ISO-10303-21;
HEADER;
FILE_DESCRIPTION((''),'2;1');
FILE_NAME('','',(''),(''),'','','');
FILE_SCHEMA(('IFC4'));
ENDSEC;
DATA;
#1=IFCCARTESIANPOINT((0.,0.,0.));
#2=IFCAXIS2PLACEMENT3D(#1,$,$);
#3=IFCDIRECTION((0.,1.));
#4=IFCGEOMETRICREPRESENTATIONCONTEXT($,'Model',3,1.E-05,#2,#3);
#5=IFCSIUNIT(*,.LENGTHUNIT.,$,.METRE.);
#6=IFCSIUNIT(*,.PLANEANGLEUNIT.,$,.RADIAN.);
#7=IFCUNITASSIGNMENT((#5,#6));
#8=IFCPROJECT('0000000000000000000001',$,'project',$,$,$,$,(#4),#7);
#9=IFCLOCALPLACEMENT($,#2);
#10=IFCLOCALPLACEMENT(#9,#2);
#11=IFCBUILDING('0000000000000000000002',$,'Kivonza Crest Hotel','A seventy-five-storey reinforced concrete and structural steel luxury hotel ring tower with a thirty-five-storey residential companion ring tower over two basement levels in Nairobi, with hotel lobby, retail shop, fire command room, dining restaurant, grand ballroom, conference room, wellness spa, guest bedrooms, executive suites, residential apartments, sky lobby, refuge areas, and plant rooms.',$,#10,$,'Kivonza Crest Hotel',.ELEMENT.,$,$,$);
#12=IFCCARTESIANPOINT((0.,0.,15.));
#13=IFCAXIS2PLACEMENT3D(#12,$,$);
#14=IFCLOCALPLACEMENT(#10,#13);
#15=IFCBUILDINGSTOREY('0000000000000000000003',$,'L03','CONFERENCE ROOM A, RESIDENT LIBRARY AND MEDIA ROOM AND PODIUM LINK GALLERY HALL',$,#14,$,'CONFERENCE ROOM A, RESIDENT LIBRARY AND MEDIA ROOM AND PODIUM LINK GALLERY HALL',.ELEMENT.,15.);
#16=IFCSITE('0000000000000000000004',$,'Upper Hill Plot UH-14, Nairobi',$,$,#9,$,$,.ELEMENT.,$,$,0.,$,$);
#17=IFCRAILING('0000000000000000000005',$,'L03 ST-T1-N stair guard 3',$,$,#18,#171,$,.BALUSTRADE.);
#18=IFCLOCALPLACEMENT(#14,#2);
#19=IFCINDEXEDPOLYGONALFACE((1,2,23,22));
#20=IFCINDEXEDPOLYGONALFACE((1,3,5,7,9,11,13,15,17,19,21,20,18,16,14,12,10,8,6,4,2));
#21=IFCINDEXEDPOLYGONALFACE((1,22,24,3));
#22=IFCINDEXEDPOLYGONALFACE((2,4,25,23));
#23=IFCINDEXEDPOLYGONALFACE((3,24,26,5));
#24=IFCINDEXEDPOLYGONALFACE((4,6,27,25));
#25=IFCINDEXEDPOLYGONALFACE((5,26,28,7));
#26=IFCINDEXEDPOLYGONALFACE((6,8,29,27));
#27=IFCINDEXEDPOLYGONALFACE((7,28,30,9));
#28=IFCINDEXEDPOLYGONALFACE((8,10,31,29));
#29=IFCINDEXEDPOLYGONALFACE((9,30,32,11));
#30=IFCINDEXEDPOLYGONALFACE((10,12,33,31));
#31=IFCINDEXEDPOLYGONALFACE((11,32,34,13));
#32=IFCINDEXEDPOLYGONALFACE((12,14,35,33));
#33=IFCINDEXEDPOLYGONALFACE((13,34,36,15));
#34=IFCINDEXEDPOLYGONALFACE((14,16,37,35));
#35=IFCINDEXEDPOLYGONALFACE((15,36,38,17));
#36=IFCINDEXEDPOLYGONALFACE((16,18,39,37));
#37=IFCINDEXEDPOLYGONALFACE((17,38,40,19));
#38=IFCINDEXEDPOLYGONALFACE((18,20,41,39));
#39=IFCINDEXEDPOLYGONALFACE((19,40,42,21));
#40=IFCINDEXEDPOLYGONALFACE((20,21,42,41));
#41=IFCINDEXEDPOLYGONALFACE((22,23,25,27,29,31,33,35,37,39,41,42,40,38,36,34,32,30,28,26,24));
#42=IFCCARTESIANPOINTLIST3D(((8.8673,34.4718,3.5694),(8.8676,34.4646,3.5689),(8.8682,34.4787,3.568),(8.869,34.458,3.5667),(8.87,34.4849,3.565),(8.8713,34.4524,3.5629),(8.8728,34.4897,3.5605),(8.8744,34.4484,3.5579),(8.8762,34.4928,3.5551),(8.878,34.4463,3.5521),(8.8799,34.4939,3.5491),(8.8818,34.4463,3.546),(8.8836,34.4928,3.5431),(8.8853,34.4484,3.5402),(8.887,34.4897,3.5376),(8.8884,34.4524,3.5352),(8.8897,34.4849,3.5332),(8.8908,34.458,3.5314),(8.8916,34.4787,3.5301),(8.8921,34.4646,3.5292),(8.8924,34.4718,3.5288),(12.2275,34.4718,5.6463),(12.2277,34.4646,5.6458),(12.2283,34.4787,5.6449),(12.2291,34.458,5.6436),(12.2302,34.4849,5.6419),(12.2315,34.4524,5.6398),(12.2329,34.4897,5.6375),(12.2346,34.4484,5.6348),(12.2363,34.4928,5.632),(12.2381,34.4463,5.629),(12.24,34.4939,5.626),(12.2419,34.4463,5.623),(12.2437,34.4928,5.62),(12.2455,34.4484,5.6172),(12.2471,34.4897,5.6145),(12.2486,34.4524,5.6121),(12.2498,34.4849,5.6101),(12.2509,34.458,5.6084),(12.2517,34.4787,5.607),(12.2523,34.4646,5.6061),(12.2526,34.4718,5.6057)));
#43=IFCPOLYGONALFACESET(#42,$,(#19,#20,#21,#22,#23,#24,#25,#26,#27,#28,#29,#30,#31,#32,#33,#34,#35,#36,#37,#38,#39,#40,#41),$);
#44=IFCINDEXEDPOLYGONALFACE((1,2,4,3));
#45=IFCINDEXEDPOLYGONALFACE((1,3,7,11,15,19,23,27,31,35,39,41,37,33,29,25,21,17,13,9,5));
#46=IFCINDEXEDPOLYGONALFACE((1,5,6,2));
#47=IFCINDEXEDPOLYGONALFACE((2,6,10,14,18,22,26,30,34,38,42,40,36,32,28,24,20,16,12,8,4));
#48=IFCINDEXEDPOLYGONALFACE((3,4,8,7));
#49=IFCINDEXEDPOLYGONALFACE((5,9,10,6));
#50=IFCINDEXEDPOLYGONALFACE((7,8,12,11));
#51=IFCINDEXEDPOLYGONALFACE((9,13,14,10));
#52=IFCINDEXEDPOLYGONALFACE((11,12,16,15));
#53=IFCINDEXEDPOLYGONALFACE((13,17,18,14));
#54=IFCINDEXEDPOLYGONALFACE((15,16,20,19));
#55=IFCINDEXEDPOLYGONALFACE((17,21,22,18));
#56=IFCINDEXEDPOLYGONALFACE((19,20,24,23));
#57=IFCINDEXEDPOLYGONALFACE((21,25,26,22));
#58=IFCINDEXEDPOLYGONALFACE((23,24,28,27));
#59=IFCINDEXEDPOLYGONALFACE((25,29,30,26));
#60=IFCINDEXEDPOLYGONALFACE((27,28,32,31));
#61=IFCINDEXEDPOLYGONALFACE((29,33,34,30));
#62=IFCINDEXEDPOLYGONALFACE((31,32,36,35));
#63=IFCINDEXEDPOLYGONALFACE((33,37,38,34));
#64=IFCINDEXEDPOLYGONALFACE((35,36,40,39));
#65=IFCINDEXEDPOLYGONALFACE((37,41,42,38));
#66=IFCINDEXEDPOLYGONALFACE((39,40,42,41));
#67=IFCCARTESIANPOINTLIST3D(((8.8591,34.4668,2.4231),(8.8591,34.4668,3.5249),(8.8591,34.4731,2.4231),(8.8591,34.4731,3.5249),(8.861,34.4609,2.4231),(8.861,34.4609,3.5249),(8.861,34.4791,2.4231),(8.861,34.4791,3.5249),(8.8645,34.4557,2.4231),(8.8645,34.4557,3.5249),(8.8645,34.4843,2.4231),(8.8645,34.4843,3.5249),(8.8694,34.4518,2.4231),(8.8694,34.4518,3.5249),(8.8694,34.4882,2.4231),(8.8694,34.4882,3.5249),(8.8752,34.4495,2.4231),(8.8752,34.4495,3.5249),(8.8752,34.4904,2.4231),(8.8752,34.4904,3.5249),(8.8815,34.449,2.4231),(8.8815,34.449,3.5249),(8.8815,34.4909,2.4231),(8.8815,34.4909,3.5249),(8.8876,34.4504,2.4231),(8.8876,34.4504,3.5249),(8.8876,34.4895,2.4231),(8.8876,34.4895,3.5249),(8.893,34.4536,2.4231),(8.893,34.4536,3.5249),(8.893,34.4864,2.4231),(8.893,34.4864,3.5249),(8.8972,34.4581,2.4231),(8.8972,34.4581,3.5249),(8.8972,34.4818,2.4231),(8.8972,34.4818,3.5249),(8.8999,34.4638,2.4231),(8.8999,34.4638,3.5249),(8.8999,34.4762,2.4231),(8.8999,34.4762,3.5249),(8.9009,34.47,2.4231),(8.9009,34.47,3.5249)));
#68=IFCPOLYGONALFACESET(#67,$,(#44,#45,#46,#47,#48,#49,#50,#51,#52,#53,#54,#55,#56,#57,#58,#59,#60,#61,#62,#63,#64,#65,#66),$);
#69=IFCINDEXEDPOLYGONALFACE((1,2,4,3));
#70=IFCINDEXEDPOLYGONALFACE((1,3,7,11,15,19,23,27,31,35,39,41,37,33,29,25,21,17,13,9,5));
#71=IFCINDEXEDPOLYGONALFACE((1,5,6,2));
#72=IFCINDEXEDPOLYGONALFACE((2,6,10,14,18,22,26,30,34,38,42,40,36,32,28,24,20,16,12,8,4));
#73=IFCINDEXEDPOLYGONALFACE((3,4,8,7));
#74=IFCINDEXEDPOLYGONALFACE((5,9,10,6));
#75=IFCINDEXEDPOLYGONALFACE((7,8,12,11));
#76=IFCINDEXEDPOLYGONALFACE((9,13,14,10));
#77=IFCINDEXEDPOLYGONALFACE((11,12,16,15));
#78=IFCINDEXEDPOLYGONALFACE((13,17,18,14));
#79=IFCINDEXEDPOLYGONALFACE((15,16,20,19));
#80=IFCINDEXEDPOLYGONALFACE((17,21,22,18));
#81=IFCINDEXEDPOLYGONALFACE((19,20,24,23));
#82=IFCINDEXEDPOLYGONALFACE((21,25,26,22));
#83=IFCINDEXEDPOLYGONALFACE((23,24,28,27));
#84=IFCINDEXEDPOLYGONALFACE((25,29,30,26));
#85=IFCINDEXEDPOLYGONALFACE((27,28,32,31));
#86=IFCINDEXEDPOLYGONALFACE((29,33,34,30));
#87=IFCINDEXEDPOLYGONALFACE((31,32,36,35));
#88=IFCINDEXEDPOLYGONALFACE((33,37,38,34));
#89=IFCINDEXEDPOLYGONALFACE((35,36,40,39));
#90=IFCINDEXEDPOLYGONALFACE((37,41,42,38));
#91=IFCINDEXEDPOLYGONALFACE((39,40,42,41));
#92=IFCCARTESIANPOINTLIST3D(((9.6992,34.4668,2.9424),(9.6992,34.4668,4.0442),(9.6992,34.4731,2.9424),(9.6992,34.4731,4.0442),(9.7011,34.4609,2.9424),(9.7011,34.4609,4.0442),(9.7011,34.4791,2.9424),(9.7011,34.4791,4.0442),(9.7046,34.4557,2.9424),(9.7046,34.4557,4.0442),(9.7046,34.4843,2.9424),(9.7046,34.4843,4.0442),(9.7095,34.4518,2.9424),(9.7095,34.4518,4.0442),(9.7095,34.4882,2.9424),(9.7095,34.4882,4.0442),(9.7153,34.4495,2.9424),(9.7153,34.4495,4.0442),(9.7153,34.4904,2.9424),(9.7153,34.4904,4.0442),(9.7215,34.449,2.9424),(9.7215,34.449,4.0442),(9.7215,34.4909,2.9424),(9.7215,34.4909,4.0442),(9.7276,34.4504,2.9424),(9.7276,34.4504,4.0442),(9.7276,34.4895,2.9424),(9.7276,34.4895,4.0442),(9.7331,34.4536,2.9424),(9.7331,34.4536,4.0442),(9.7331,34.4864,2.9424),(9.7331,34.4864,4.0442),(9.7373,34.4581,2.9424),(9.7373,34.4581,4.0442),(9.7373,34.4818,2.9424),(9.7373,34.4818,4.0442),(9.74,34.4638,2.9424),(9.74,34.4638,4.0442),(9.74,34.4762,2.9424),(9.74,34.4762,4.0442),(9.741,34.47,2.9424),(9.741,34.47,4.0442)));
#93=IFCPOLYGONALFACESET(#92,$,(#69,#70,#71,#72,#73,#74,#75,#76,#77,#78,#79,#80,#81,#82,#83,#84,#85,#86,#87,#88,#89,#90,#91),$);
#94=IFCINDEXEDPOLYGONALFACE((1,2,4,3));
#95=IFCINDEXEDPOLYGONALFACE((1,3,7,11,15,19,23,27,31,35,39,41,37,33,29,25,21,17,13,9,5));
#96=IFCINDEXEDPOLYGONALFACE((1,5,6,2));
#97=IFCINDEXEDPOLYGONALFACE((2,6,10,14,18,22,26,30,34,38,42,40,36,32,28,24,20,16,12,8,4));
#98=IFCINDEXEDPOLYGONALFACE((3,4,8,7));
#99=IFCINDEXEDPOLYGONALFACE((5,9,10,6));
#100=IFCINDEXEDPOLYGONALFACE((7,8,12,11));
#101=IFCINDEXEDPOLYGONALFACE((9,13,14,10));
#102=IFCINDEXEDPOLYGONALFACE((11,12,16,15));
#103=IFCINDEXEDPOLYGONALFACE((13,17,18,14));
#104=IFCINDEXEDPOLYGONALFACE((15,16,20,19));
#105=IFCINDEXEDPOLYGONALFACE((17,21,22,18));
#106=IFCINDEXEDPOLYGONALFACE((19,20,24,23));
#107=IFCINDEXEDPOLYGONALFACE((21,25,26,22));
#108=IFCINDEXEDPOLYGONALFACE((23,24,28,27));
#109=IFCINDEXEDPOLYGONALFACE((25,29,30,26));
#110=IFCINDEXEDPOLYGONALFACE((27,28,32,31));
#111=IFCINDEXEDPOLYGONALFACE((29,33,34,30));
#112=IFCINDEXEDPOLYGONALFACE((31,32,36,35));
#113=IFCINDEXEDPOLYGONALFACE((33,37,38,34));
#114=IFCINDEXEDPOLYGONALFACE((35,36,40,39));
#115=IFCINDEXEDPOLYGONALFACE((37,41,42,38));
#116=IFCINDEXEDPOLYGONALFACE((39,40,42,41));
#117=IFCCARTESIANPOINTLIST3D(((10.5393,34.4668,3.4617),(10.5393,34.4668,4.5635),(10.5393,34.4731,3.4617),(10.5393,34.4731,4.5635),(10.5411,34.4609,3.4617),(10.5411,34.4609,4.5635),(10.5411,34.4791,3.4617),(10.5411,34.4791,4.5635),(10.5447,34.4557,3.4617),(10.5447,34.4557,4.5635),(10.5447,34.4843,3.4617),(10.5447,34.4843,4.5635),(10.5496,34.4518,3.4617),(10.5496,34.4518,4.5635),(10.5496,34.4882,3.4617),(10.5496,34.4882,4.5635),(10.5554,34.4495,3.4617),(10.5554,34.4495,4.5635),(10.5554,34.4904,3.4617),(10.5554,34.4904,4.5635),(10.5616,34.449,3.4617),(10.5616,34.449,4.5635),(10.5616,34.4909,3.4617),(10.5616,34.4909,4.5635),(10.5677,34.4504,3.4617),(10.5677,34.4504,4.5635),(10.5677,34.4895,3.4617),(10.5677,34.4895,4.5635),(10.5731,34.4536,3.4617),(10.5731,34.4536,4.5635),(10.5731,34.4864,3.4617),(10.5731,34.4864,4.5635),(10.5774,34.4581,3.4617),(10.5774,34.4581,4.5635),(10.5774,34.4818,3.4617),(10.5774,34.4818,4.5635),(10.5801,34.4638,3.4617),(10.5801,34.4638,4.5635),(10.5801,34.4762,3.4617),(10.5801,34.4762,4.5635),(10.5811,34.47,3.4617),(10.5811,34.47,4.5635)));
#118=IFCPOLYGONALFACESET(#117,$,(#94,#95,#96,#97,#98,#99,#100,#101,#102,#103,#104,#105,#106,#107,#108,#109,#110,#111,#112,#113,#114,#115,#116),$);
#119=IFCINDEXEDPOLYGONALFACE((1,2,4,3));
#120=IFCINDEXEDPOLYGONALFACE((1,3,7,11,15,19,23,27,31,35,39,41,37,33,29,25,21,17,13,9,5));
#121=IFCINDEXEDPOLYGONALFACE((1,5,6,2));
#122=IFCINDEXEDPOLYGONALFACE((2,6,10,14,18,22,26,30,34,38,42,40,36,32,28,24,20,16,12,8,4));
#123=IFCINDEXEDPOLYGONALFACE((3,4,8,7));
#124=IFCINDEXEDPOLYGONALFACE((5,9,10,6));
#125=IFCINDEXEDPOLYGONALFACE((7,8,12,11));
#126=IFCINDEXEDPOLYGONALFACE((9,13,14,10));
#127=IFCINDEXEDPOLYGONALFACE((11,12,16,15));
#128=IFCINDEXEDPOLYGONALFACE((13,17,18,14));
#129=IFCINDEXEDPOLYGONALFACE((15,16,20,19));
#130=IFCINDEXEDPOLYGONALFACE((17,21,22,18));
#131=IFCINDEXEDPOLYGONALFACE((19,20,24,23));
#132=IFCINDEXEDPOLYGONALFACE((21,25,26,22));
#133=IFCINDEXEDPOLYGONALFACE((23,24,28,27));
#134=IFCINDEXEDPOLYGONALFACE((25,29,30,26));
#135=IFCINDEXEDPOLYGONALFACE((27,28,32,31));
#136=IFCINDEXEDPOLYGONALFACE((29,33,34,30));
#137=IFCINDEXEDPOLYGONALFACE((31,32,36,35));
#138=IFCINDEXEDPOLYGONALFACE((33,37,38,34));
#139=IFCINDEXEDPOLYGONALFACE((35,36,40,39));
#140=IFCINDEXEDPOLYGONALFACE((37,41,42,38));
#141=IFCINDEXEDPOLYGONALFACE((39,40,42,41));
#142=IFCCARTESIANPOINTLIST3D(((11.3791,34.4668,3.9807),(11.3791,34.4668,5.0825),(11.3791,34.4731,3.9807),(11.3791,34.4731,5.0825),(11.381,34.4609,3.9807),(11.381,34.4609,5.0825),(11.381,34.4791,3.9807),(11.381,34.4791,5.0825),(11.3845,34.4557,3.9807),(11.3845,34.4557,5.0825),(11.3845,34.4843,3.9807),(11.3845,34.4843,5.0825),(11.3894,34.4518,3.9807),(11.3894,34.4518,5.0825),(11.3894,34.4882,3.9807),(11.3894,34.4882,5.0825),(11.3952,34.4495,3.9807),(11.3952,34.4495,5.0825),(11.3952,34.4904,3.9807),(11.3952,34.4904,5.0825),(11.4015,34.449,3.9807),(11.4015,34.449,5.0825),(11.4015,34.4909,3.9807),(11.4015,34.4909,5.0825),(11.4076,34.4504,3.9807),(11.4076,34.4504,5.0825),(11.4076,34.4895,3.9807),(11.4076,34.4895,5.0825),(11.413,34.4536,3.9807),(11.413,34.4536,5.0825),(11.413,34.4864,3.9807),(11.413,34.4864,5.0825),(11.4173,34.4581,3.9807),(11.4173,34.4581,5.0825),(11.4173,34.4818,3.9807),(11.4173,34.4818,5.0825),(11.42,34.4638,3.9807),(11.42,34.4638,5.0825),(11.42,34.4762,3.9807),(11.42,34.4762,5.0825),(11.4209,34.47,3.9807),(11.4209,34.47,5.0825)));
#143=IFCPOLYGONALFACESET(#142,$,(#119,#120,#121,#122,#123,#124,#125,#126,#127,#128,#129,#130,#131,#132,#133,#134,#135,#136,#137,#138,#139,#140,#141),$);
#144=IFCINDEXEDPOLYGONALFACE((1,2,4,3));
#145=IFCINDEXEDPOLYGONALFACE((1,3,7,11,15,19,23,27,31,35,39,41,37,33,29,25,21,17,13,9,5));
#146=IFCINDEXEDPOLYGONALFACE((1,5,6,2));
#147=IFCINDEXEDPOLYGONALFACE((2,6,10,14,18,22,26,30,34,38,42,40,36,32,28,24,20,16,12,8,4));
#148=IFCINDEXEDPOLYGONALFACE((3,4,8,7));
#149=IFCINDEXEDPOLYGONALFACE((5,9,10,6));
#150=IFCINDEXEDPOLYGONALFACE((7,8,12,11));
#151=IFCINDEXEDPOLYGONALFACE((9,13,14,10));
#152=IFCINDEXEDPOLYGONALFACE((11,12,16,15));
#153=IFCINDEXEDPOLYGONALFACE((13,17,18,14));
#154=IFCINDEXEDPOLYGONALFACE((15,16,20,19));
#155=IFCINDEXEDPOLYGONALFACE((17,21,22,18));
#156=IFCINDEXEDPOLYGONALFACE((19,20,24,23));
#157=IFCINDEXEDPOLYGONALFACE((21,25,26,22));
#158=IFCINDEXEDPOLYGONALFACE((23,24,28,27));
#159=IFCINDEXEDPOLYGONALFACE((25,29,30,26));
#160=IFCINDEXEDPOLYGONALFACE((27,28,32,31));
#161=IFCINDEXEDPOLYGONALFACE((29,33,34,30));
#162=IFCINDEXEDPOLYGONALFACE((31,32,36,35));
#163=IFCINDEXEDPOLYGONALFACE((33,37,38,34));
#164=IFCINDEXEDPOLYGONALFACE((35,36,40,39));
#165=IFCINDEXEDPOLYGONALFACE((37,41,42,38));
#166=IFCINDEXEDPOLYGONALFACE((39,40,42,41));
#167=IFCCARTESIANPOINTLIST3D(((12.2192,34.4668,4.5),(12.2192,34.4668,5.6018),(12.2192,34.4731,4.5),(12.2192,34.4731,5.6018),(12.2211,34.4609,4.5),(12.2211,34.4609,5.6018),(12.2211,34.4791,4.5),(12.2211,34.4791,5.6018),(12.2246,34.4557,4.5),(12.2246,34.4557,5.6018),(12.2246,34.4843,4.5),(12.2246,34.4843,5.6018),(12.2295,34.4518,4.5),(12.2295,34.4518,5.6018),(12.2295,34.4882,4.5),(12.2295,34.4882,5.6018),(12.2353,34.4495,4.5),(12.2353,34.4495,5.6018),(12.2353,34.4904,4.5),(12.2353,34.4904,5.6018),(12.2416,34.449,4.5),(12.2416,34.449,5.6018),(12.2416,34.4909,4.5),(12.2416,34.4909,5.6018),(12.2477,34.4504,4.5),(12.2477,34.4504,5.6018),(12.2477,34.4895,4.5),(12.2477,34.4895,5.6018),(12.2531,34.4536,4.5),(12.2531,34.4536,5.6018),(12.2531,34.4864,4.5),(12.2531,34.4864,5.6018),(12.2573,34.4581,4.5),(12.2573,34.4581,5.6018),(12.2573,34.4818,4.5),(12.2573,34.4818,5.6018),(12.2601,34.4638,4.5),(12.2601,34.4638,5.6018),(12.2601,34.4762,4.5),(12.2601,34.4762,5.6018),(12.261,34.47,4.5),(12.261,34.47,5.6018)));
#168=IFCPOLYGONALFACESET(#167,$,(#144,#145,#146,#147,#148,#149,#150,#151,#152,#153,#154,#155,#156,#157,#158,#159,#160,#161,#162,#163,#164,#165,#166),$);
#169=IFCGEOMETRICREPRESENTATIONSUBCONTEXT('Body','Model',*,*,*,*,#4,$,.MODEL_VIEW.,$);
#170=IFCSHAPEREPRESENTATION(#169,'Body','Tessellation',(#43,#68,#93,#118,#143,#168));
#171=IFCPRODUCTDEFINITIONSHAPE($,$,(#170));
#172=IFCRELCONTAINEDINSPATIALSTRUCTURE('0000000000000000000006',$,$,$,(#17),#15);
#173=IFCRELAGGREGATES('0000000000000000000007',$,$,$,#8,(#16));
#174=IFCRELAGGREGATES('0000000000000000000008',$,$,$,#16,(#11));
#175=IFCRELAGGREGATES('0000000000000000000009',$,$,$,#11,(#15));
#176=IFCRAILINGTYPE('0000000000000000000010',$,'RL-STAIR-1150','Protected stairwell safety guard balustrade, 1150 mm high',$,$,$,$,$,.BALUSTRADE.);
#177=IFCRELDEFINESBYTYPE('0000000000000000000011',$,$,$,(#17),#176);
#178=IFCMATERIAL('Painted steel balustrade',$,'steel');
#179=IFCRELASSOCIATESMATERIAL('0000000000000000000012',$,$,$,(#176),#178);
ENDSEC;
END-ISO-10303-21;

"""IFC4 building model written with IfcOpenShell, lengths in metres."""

from ifc_helpers import new_model, si_unit, direction, frame, origin, origin_2d, place, context, subcontext, project, spatial, circle, extrude, material, type_object, element, save


model = new_model("IFC4")

# Units and contexts
model_context = context("Model", 3, precision=1e-05, world=origin(), true_north=direction((0.0, 1.0)))
body_context = subcontext(model_context, "Body", "Model", "MODEL_VIEW")
ifc_project = project(units=[si_unit("LENGTHUNIT", "METRE"), si_unit("PLANEANGLEUNIT", "RADIAN")], contexts=[model_context])

# Site, building, storey
site_placement = place(None, origin())
site = spatial("IfcSite", under=ifc_project, at=site_placement, Name="Upper Hill Plot UH-14, Nairobi", CompositionType="ELEMENT", RefElevation=0.0)
building_placement = place(site_placement, origin())
building = spatial("IfcBuilding", under=site, at=building_placement, Name="Kivonza Crest Hotel", Description="A seventy-five-storey reinforced concrete and structural steel luxury hotel ring tower with a thirty-five-storey residential companion ring tower over two basement levels in Nairobi, with hotel lobby, retail shop, fire command room, dining restaurant, grand ballroom, conference room, wellness spa, guest bedrooms, executive suites, residential apartments, sky lobby, refuge areas, and plant rooms.", LongName="Kivonza Crest Hotel", CompositionType="ELEMENT")
storey_placement = place(building_placement, frame((0.0, 0.0, 15.0)))
storey = spatial("IfcBuildingStorey", under=building, at=storey_placement, Name="L03", Description="CONFERENCE ROOM A, RESIDENT LIBRARY AND MEDIA ROOM AND PODIUM LINK GALLERY HALL", LongName="CONFERENCE ROOM A, RESIDENT LIBRARY AND MEDIA ROOM AND PODIUM LINK GALLERY HALL", CompositionType="ELEMENT", Elevation=15.0)

# Railing
ifc_material_1 = material(Name="Painted steel balustrade", Category="steel")
railing_type_1 = type_object("IfcRailingType", Name="RL-STAIR-1150", Description="Protected stairwell safety guard balustrade, 1150 mm high", PredefinedType="BALUSTRADE", material=ifc_material_1)
railing_1_placement = place(storey_placement, frame((8.8799, 34.47, 2.4231)))
element("IfcRailing", 1, at=railing_1_placement, inside=storey, type_object=railing_type_1, Name="L03 ST-T1-N stair guard 3", PredefinedType="BALUSTRADE", context=body_context, shape_type="SweptSolid", body=[
    extrude(circle(Radius=0.0239, at=origin_2d()), frame((0.0, 0.0, 1.126), z_axis=(0.850623, 0.0, 0.525776), x_axis=(0.0, 1.0, 0.0)), (0.0, 0.0, 1.0), 3.9502),
    extrude(circle(Radius=0.021, at=origin_2d()), origin(), (0.0, 0.0, 1.0), 1.1018),
    extrude(circle(Radius=0.021, at=origin_2d()), frame((0.8401, 0.0, 0.5193)), (0.0, 0.0, 1.0), 1.1018),
    extrude(circle(Radius=0.021, at=origin_2d()), frame((1.6802, 0.0, 1.0386)), (0.0, 0.0, 1.0), 1.1018),
    extrude(circle(Radius=0.021, at=origin_2d()), frame((2.52, 0.0, 1.5576)), (0.0, 0.0, 1.0), 1.1018),
    extrude(circle(Radius=0.021, at=origin_2d()), frame((3.3601, 0.0, 2.0769)), (0.0, 0.0, 1.0), 1.1018),
])

save(model, "model.ifc")
